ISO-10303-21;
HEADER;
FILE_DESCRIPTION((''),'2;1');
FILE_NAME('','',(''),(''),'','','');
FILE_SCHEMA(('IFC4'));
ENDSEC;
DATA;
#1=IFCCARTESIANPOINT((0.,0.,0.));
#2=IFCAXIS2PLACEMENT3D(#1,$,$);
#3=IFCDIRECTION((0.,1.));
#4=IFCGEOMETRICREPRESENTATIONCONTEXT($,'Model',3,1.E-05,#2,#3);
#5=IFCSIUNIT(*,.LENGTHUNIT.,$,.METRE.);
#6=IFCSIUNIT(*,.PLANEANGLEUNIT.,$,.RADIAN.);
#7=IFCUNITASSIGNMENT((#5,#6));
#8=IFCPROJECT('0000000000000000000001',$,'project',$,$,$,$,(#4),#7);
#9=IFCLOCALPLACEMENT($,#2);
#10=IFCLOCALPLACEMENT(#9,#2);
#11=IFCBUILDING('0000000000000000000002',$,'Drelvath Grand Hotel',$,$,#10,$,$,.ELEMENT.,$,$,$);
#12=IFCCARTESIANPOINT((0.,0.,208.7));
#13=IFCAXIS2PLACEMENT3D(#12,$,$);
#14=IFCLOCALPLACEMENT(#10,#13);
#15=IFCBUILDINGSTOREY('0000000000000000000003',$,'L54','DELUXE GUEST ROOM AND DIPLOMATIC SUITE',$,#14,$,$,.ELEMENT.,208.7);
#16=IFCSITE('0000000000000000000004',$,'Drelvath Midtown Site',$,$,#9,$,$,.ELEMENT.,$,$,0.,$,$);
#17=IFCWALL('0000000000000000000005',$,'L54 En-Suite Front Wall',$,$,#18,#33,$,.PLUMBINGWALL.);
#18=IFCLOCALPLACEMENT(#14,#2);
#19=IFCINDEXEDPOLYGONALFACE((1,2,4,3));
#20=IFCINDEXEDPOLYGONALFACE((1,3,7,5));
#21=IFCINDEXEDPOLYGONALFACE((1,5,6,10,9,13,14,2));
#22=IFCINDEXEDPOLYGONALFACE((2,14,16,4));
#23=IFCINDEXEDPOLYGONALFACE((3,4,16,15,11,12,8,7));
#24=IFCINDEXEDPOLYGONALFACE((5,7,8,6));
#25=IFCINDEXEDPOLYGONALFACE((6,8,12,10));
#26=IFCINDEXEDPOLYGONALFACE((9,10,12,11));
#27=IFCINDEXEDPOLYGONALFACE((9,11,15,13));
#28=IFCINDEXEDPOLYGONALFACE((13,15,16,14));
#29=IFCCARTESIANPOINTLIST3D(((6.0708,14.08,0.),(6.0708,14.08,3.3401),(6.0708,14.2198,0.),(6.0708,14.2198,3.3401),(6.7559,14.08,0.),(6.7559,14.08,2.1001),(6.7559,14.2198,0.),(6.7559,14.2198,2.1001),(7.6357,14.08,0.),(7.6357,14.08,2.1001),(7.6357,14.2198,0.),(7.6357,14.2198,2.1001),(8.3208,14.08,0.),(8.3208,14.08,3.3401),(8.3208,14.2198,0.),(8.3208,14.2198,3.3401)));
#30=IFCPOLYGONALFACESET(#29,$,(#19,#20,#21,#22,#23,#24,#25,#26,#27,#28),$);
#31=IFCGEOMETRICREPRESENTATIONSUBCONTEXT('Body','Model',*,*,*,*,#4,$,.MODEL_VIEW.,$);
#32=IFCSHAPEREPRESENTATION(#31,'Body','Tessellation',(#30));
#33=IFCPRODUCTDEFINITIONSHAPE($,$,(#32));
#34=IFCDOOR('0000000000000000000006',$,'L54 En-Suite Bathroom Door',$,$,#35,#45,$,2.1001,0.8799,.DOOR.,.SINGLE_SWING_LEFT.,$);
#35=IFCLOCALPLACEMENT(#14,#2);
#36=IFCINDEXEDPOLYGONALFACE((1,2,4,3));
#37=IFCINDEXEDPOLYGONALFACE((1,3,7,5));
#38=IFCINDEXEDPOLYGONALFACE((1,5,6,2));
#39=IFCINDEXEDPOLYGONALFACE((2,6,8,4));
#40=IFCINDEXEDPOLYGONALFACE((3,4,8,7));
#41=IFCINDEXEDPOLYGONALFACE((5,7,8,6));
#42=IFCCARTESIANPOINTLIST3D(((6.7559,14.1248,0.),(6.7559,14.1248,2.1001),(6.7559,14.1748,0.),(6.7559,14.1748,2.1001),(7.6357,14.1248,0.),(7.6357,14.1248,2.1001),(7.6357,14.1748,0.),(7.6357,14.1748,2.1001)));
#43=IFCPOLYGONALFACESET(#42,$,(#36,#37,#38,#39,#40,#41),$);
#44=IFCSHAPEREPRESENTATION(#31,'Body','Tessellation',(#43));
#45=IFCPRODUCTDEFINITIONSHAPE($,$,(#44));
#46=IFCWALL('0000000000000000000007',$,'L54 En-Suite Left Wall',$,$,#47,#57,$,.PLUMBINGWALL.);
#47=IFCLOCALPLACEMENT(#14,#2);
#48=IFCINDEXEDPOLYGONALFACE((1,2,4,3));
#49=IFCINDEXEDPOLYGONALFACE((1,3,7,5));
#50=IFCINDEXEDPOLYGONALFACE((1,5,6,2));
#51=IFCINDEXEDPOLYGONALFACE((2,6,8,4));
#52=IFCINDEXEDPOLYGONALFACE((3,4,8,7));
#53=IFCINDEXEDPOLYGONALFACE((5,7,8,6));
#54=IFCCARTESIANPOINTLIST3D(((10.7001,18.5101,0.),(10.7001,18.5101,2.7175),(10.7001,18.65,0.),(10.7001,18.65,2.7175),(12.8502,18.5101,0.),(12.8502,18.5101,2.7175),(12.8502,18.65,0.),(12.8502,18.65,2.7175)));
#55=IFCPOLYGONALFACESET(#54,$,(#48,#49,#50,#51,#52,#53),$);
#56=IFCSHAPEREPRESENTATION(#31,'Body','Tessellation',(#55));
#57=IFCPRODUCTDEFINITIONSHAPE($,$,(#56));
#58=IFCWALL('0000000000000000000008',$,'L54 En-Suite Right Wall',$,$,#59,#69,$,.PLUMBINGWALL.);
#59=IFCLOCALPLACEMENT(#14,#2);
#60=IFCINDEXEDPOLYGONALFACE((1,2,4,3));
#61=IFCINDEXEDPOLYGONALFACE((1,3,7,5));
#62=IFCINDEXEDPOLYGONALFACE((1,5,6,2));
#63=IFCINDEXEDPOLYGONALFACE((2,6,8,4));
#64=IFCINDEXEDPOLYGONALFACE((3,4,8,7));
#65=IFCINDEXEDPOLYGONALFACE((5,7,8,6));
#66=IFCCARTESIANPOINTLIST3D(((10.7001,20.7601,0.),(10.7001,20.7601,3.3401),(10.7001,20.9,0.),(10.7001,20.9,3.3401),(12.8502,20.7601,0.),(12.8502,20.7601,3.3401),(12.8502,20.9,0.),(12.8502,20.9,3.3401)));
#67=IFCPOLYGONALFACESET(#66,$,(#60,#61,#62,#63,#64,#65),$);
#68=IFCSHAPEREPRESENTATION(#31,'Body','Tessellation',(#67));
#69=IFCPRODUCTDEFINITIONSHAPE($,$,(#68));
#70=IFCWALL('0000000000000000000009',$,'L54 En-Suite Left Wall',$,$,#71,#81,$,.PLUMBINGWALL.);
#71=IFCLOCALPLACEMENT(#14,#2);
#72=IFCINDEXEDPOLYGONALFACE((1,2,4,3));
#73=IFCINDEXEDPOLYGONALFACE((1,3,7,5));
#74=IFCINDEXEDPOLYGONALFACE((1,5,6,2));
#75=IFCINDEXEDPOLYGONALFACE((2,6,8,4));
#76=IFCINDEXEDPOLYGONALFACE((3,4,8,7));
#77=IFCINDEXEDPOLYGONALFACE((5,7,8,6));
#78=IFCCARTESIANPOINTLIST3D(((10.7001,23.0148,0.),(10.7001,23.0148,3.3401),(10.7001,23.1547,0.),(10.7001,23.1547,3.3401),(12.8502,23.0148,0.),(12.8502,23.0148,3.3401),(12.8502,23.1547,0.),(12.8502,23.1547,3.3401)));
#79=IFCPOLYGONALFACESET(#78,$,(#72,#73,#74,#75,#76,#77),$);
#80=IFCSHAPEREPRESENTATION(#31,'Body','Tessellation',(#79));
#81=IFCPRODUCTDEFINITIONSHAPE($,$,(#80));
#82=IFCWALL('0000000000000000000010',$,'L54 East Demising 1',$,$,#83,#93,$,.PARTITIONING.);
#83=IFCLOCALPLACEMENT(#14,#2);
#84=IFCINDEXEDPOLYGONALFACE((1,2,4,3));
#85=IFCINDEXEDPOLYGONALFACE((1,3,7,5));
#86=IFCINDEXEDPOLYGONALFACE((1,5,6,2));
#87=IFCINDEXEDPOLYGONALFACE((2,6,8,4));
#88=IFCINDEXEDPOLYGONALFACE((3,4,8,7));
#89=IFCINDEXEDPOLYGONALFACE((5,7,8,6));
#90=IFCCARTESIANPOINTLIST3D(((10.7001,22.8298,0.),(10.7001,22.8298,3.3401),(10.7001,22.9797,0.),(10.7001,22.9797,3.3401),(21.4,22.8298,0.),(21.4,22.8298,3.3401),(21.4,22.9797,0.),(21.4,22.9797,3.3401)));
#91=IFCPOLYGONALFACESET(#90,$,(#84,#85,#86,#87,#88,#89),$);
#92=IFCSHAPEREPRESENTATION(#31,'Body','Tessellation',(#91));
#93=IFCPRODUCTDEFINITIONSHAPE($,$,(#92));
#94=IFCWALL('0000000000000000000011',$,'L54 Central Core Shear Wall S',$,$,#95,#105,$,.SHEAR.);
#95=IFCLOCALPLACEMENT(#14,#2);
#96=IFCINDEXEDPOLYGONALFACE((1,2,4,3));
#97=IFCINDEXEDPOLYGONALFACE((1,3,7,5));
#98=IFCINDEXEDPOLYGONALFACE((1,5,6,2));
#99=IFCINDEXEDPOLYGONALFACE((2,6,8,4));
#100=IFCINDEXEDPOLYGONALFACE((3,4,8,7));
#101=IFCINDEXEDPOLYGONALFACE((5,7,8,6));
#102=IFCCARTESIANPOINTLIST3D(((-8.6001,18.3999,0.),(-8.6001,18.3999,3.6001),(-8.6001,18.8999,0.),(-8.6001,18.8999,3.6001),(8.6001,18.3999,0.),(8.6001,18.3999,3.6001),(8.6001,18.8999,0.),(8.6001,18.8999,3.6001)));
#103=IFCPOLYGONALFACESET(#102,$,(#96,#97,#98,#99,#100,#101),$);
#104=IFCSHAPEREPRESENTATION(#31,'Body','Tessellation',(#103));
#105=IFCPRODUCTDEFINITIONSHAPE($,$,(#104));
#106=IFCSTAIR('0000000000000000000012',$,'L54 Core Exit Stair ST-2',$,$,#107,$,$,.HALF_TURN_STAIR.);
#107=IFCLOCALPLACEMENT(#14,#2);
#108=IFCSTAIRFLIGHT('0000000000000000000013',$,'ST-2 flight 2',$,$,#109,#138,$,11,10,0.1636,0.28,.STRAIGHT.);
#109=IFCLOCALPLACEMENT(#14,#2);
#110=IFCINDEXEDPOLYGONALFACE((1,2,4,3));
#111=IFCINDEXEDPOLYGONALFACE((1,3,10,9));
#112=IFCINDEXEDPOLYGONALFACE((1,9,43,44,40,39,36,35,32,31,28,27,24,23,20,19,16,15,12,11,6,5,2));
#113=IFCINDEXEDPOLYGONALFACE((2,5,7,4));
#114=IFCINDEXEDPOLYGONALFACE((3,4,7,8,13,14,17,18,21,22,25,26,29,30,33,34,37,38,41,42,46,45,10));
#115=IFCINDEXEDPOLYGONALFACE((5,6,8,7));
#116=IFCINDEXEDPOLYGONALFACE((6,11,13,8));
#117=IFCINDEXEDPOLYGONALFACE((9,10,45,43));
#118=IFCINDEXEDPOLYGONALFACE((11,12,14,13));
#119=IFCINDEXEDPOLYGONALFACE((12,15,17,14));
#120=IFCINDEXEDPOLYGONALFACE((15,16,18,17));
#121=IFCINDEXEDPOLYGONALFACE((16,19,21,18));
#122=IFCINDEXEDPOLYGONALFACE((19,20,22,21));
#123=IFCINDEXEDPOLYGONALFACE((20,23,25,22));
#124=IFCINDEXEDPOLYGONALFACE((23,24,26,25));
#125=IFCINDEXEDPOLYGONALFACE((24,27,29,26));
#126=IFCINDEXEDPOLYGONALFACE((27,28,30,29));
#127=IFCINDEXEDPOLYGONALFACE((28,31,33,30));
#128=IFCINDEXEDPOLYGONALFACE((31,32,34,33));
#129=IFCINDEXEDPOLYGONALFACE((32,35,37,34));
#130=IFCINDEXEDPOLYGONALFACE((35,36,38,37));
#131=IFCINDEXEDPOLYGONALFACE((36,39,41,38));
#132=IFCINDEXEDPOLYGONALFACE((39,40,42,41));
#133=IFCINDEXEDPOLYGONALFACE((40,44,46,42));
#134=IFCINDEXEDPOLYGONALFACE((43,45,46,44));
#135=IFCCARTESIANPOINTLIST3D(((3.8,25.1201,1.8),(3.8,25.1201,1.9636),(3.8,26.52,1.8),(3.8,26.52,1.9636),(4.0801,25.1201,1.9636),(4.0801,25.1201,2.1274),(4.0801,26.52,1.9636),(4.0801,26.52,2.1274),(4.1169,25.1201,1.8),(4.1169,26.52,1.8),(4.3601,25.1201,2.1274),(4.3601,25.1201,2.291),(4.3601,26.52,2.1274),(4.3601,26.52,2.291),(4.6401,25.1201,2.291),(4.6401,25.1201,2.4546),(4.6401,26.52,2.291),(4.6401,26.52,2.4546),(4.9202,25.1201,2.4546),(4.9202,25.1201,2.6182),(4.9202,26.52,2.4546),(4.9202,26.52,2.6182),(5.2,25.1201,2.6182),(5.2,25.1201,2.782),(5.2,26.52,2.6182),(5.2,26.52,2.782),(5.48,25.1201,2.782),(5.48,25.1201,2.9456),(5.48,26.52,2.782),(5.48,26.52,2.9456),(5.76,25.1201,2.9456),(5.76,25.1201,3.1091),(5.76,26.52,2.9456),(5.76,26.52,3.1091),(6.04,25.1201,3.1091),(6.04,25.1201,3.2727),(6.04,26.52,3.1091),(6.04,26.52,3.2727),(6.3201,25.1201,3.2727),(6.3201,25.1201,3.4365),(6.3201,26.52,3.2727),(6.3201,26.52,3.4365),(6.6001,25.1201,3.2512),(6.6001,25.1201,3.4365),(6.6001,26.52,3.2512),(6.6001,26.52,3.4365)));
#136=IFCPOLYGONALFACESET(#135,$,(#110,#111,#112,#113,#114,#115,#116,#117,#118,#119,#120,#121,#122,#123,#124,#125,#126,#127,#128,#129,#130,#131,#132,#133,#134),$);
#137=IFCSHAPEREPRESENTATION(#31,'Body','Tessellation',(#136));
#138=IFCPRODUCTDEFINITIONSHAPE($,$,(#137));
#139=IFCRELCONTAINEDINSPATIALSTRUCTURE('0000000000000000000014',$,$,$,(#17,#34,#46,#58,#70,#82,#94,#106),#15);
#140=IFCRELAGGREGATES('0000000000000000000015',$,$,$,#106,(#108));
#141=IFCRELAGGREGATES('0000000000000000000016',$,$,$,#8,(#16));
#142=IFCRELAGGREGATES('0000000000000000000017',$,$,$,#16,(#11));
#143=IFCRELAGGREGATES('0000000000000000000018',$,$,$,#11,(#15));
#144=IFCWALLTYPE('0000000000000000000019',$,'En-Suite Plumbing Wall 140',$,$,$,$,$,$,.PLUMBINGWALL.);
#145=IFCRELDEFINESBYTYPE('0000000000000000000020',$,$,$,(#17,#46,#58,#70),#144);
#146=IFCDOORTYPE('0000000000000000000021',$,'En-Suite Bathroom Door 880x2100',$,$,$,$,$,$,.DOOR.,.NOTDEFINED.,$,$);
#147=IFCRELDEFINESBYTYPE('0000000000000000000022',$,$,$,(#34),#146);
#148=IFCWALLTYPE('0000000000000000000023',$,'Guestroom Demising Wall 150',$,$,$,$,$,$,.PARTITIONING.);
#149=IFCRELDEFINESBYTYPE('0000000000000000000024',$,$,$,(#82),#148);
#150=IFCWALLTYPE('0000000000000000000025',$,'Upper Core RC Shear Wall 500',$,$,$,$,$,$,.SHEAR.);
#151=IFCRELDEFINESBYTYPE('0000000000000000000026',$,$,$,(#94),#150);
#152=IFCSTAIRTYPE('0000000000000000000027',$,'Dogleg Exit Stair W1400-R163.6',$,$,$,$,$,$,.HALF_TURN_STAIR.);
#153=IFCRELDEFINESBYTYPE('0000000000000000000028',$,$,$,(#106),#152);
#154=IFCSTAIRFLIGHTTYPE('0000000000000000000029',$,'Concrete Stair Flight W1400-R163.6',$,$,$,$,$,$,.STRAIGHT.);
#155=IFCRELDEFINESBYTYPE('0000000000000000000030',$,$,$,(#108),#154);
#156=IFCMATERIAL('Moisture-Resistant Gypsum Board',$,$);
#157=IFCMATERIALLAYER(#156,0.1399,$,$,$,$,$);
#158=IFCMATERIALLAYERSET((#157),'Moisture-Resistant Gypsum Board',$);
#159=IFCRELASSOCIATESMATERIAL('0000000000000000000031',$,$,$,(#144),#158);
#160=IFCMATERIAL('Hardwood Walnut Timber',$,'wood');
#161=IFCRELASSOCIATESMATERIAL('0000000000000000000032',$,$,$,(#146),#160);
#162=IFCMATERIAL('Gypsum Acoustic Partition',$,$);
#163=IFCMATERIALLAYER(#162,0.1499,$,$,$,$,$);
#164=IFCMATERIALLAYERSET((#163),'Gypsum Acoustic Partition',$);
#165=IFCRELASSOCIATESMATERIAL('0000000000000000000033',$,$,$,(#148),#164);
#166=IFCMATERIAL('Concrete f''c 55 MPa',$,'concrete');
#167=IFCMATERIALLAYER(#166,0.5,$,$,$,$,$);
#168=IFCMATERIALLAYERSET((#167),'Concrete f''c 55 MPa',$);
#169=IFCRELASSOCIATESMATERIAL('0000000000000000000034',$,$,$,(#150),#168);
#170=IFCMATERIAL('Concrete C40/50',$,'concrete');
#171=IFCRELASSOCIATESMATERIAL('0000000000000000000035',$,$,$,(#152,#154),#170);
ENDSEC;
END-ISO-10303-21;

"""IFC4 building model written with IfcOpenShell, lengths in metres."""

from ifc_helpers import new_model, si_unit, direction, frame, frame_2d, origin, place, context, subcontext, project, spatial, polyline, rectangle, outline, extrude, material, layer, layer_set, type_object, element, fill, aggregate, save


model = new_model("IFC4")

# Units and contexts
model_context = context("Model", 3, precision=1e-05, world=origin(), true_north=direction((0.0, 1.0)))
body_context = subcontext(model_context, "Body", "Model", "MODEL_VIEW")
ifc_project = project(units=[si_unit("LENGTHUNIT", "METRE"), si_unit("PLANEANGLEUNIT", "RADIAN")], contexts=[model_context])

# Site, building, storey
site_placement = place(None, origin())
site = spatial("IfcSite", under=ifc_project, at=site_placement, Name="Drelvath Midtown Site", CompositionType="ELEMENT", RefElevation=0.0)
building_placement = place(site_placement, origin())
building = spatial("IfcBuilding", under=site, at=building_placement, Name="Drelvath Grand Hotel", CompositionType="ELEMENT")
storey_placement = place(building_placement, frame((0.0, 0.0, 208.7)))
storey = spatial("IfcBuildingStorey", under=building, at=storey_placement, Name="L54", Description="DELUXE GUEST ROOM AND DIPLOMATIC SUITE", CompositionType="ELEMENT", Elevation=208.7)

# Shared definitions
ifc_material_1 = material(Name="Concrete f'c 55 MPa", Category="concrete")

# Shared definitions
ifc_material_2 = material(Name="Concrete C40/50", Category="concrete")

# Shared definitions
ifc_material_3 = material(Name="Hardwood Walnut Timber", Category="wood")

# Shared definitions
ifc_material_4 = material(Name="Moisture-Resistant Gypsum Board")
ifc_layer_1 = layer(ifc_material_4, 0.1399)
ifc_layer_set_1 = layer_set([ifc_layer_1], Name="Moisture-Resistant Gypsum Board")
wall_type_1 = type_object("IfcWallType", Name="En-Suite Plumbing Wall 140", PredefinedType="PLUMBINGWALL", material=ifc_layer_set_1)

# Shared definitions
door_type_1 = type_object("IfcDoorType", Name="En-Suite Bathroom Door 880x2100", OperationType="NOTDEFINED", PredefinedType="DOOR", material=ifc_material_3)

# Wall, opening, door
wall_1_placement = place(storey_placement, frame((6.0708, 14.1499, 0.0), z_axis=(0.0, 0.0, 1.0), x_axis=(1.0, 0.0, 0.0)))
wall_1 = element("IfcWall", 1, at=wall_1_placement, inside=storey, type_object=wall_type_1, Name="L54 En-Suite Front Wall", PredefinedType="PLUMBINGWALL", context=body_context, shape_type="SweptSolid", body=[
    extrude(rectangle(XDim=2.25, YDim=0.1399, at=frame_2d((1.125, 0.0))), origin(), (0.0, 0.0, 1.0), 3.3401),
])
opening_1_placement = place(wall_1_placement, frame((0.6851, 0.0, 0.0)))
opening_1 = element("IfcOpeningElement", 2, at=opening_1_placement, cuts=wall_1, PredefinedType="OPENING", context=body_context, shape_type="SweptSolid", body=[
    extrude(rectangle(XDim=0.8799, YDim=2.1001, at=frame_2d((0.4399, 1.05))), frame((0.0, 0.0798, 0.0), z_axis=(0.0, -1.0, 0.0), x_axis=(1.0, 0.0, 0.0)), (0.0, 0.0, 1.0), 0.1599),
])
door_1_placement = place(opening_1_placement, origin())
door_1 = element("IfcDoor", 3, at=door_1_placement, inside=storey, type_object=door_type_1, Name="L54 En-Suite Bathroom Door", OperationType="SINGLE_SWING_LEFT", OverallHeight=2.1001, OverallWidth=0.8799, PredefinedType="DOOR", context=body_context, shape_type="SweptSolid", body=[
    extrude(rectangle(XDim=0.8799, YDim=2.1001, at=frame_2d((0.4399, 1.05))), frame((0.0, 0.0249, 0.0), z_axis=(0.0, -1.0, 0.0), x_axis=(1.0, 0.0, 0.0)), (0.0, 0.0, 1.0), 0.05),
])
fill(opening_1, door_1)

# Walls
wall_2_placement = place(storey_placement, frame((10.7, 18.5801, 0.0), z_axis=(0.0, 0.0, 1.0), x_axis=(1.0, 0.0, 0.0)))
element("IfcWall", 4, at=wall_2_placement, inside=storey, type_object=wall_type_1, Name="L54 En-Suite Left Wall", PredefinedType="PLUMBINGWALL", context=body_context, shape_type="SweptSolid", body=[
    extrude(rectangle(XDim=2.1501, YDim=0.1399, at=frame_2d((1.0752, 0.0))), origin(), (0.0, 0.0, 1.0), 2.7175),
])
for number, where, z_axis, x_axis, name in (
    (5, (10.7, 20.8301, 0.0), (0.0, 0.0, 1.0), (1.0, 0.0, 0.0), "L54 En-Suite Right Wall"),
    (6, (10.7, 23.0847, 0.0), (0.0, 0.0, 1.0), (1.0, 0.0, 0.0), "L54 En-Suite Left Wall"),
):
    element("IfcWall", number, at=place(storey_placement, frame(where, z_axis=z_axis, x_axis=x_axis)), inside=storey, type_object=wall_type_1, Name=name, PredefinedType="PLUMBINGWALL", context=body_context, shape_type="SweptSolid", body=[
        extrude(rectangle(XDim=2.1501, YDim=0.1399, at=frame_2d((1.0752, 0.0))), origin(), (0.0, 0.0, 1.0), 3.3401),
    ])
ifc_material_5 = material(Name="Gypsum Acoustic Partition")
ifc_layer_2 = layer(ifc_material_5, 0.1499)
ifc_layer_set_2 = layer_set([ifc_layer_2], Name="Gypsum Acoustic Partition")
wall_type_2 = type_object("IfcWallType", Name="Guestroom Demising Wall 150", PredefinedType="PARTITIONING", material=ifc_layer_set_2)
wall_3_placement = place(storey_placement, frame((10.7, 22.9048, 0.0), z_axis=(0.0, 0.0, 1.0), x_axis=(1.0, 0.0, 0.0)))
element("IfcWall", 7, at=wall_3_placement, inside=storey, type_object=wall_type_2, Name="L54 East Demising 1", PredefinedType="PARTITIONING", context=body_context, shape_type="SweptSolid", body=[
    extrude(rectangle(XDim=10.7, YDim=0.1499, at=frame_2d((5.3501, 0.0))), origin(), (0.0, 0.0, 1.0), 3.3401),
])
ifc_layer_3 = layer(ifc_material_1, 0.5)
ifc_layer_set_3 = layer_set([ifc_layer_3], Name="Concrete f'c 55 MPa")
wall_type_3 = type_object("IfcWallType", Name="Upper Core RC Shear Wall 500", PredefinedType="SHEAR", material=ifc_layer_set_3)
wall_4_placement = place(storey_placement, frame((8.6001, 18.6499, 0.0), z_axis=(0.0, 0.0, 1.0), x_axis=(-1.0, 0.0, 0.0)))
element("IfcWall", 8, at=wall_4_placement, inside=storey, type_object=wall_type_3, Name="L54 Central Core Shear Wall S", PredefinedType="SHEAR", context=body_context, shape_type="SweptSolid", body=[
    extrude(rectangle(XDim=17.2002, YDim=0.5, at=frame_2d((8.6001, 0.0))), origin(), (0.0, 0.0, 1.0), 3.6001),
])

# Stair, stair flight
stair_type = type_object("IfcStairType", Name="Dogleg Exit Stair W1400-R163.6", PredefinedType="HALF_TURN_STAIR", material=ifc_material_2)
stair_placement = place(storey_placement, origin())
stair = element("IfcStair", 9, at=stair_placement, inside=storey, type_object=stair_type, Name="L54 Core Exit Stair ST-2", PredefinedType="HALF_TURN_STAIR")
stair_flight_type = type_object("IfcStairFlightType", Name="Concrete Stair Flight W1400-R163.6", PredefinedType="STRAIGHT", material=ifc_material_2)
stair_flight_placement = place(storey_placement, frame((3.8, 25.8201, 1.8), z_axis=(0.0, 0.0, 1.0), x_axis=(1.0, 0.0, 0.0)))
stair_flight = element("IfcStairFlight", 10, at=stair_flight_placement, type_object=stair_flight_type, Name="ST-2 flight 2", NumberOfRisers=11, NumberOfTreads=10, PredefinedType="STRAIGHT", RiserHeight=0.1636, TreadLength=0.28, context=body_context, shape_type="SweptSolid", body=[
    extrude(outline(polyline([(0.0, 0.0), (0.0, 0.1636), (0.28, 0.1636), (0.28, 0.3274), (0.5601, 0.3274), (0.5601, 0.491), (0.8401, 0.491), (0.8401, 0.6545), (1.1201, 0.6545), (1.1201, 0.8181), (1.3999, 0.8181), (1.3999, 0.9819), (1.6799, 0.9819), (1.6799, 1.1455), (1.96, 1.1455), (1.96, 1.3091), (2.24, 1.3091), (2.24, 1.4727), (2.52, 1.4727), (2.52, 1.6365), (2.8, 1.6365), (2.8, 1.8), (2.8, 1.4512), (0.3169, 0.0), (0.0, 0.0)])), frame((0.0, 0.7, 0.0), z_axis=(0.0, -1.0, 0.0), x_axis=(1.0, 0.0, 0.0)), (0.0, 0.0, 1.0), 1.3999),
])
aggregate(stair, [stair_flight])

save(model, "model.ifc")
